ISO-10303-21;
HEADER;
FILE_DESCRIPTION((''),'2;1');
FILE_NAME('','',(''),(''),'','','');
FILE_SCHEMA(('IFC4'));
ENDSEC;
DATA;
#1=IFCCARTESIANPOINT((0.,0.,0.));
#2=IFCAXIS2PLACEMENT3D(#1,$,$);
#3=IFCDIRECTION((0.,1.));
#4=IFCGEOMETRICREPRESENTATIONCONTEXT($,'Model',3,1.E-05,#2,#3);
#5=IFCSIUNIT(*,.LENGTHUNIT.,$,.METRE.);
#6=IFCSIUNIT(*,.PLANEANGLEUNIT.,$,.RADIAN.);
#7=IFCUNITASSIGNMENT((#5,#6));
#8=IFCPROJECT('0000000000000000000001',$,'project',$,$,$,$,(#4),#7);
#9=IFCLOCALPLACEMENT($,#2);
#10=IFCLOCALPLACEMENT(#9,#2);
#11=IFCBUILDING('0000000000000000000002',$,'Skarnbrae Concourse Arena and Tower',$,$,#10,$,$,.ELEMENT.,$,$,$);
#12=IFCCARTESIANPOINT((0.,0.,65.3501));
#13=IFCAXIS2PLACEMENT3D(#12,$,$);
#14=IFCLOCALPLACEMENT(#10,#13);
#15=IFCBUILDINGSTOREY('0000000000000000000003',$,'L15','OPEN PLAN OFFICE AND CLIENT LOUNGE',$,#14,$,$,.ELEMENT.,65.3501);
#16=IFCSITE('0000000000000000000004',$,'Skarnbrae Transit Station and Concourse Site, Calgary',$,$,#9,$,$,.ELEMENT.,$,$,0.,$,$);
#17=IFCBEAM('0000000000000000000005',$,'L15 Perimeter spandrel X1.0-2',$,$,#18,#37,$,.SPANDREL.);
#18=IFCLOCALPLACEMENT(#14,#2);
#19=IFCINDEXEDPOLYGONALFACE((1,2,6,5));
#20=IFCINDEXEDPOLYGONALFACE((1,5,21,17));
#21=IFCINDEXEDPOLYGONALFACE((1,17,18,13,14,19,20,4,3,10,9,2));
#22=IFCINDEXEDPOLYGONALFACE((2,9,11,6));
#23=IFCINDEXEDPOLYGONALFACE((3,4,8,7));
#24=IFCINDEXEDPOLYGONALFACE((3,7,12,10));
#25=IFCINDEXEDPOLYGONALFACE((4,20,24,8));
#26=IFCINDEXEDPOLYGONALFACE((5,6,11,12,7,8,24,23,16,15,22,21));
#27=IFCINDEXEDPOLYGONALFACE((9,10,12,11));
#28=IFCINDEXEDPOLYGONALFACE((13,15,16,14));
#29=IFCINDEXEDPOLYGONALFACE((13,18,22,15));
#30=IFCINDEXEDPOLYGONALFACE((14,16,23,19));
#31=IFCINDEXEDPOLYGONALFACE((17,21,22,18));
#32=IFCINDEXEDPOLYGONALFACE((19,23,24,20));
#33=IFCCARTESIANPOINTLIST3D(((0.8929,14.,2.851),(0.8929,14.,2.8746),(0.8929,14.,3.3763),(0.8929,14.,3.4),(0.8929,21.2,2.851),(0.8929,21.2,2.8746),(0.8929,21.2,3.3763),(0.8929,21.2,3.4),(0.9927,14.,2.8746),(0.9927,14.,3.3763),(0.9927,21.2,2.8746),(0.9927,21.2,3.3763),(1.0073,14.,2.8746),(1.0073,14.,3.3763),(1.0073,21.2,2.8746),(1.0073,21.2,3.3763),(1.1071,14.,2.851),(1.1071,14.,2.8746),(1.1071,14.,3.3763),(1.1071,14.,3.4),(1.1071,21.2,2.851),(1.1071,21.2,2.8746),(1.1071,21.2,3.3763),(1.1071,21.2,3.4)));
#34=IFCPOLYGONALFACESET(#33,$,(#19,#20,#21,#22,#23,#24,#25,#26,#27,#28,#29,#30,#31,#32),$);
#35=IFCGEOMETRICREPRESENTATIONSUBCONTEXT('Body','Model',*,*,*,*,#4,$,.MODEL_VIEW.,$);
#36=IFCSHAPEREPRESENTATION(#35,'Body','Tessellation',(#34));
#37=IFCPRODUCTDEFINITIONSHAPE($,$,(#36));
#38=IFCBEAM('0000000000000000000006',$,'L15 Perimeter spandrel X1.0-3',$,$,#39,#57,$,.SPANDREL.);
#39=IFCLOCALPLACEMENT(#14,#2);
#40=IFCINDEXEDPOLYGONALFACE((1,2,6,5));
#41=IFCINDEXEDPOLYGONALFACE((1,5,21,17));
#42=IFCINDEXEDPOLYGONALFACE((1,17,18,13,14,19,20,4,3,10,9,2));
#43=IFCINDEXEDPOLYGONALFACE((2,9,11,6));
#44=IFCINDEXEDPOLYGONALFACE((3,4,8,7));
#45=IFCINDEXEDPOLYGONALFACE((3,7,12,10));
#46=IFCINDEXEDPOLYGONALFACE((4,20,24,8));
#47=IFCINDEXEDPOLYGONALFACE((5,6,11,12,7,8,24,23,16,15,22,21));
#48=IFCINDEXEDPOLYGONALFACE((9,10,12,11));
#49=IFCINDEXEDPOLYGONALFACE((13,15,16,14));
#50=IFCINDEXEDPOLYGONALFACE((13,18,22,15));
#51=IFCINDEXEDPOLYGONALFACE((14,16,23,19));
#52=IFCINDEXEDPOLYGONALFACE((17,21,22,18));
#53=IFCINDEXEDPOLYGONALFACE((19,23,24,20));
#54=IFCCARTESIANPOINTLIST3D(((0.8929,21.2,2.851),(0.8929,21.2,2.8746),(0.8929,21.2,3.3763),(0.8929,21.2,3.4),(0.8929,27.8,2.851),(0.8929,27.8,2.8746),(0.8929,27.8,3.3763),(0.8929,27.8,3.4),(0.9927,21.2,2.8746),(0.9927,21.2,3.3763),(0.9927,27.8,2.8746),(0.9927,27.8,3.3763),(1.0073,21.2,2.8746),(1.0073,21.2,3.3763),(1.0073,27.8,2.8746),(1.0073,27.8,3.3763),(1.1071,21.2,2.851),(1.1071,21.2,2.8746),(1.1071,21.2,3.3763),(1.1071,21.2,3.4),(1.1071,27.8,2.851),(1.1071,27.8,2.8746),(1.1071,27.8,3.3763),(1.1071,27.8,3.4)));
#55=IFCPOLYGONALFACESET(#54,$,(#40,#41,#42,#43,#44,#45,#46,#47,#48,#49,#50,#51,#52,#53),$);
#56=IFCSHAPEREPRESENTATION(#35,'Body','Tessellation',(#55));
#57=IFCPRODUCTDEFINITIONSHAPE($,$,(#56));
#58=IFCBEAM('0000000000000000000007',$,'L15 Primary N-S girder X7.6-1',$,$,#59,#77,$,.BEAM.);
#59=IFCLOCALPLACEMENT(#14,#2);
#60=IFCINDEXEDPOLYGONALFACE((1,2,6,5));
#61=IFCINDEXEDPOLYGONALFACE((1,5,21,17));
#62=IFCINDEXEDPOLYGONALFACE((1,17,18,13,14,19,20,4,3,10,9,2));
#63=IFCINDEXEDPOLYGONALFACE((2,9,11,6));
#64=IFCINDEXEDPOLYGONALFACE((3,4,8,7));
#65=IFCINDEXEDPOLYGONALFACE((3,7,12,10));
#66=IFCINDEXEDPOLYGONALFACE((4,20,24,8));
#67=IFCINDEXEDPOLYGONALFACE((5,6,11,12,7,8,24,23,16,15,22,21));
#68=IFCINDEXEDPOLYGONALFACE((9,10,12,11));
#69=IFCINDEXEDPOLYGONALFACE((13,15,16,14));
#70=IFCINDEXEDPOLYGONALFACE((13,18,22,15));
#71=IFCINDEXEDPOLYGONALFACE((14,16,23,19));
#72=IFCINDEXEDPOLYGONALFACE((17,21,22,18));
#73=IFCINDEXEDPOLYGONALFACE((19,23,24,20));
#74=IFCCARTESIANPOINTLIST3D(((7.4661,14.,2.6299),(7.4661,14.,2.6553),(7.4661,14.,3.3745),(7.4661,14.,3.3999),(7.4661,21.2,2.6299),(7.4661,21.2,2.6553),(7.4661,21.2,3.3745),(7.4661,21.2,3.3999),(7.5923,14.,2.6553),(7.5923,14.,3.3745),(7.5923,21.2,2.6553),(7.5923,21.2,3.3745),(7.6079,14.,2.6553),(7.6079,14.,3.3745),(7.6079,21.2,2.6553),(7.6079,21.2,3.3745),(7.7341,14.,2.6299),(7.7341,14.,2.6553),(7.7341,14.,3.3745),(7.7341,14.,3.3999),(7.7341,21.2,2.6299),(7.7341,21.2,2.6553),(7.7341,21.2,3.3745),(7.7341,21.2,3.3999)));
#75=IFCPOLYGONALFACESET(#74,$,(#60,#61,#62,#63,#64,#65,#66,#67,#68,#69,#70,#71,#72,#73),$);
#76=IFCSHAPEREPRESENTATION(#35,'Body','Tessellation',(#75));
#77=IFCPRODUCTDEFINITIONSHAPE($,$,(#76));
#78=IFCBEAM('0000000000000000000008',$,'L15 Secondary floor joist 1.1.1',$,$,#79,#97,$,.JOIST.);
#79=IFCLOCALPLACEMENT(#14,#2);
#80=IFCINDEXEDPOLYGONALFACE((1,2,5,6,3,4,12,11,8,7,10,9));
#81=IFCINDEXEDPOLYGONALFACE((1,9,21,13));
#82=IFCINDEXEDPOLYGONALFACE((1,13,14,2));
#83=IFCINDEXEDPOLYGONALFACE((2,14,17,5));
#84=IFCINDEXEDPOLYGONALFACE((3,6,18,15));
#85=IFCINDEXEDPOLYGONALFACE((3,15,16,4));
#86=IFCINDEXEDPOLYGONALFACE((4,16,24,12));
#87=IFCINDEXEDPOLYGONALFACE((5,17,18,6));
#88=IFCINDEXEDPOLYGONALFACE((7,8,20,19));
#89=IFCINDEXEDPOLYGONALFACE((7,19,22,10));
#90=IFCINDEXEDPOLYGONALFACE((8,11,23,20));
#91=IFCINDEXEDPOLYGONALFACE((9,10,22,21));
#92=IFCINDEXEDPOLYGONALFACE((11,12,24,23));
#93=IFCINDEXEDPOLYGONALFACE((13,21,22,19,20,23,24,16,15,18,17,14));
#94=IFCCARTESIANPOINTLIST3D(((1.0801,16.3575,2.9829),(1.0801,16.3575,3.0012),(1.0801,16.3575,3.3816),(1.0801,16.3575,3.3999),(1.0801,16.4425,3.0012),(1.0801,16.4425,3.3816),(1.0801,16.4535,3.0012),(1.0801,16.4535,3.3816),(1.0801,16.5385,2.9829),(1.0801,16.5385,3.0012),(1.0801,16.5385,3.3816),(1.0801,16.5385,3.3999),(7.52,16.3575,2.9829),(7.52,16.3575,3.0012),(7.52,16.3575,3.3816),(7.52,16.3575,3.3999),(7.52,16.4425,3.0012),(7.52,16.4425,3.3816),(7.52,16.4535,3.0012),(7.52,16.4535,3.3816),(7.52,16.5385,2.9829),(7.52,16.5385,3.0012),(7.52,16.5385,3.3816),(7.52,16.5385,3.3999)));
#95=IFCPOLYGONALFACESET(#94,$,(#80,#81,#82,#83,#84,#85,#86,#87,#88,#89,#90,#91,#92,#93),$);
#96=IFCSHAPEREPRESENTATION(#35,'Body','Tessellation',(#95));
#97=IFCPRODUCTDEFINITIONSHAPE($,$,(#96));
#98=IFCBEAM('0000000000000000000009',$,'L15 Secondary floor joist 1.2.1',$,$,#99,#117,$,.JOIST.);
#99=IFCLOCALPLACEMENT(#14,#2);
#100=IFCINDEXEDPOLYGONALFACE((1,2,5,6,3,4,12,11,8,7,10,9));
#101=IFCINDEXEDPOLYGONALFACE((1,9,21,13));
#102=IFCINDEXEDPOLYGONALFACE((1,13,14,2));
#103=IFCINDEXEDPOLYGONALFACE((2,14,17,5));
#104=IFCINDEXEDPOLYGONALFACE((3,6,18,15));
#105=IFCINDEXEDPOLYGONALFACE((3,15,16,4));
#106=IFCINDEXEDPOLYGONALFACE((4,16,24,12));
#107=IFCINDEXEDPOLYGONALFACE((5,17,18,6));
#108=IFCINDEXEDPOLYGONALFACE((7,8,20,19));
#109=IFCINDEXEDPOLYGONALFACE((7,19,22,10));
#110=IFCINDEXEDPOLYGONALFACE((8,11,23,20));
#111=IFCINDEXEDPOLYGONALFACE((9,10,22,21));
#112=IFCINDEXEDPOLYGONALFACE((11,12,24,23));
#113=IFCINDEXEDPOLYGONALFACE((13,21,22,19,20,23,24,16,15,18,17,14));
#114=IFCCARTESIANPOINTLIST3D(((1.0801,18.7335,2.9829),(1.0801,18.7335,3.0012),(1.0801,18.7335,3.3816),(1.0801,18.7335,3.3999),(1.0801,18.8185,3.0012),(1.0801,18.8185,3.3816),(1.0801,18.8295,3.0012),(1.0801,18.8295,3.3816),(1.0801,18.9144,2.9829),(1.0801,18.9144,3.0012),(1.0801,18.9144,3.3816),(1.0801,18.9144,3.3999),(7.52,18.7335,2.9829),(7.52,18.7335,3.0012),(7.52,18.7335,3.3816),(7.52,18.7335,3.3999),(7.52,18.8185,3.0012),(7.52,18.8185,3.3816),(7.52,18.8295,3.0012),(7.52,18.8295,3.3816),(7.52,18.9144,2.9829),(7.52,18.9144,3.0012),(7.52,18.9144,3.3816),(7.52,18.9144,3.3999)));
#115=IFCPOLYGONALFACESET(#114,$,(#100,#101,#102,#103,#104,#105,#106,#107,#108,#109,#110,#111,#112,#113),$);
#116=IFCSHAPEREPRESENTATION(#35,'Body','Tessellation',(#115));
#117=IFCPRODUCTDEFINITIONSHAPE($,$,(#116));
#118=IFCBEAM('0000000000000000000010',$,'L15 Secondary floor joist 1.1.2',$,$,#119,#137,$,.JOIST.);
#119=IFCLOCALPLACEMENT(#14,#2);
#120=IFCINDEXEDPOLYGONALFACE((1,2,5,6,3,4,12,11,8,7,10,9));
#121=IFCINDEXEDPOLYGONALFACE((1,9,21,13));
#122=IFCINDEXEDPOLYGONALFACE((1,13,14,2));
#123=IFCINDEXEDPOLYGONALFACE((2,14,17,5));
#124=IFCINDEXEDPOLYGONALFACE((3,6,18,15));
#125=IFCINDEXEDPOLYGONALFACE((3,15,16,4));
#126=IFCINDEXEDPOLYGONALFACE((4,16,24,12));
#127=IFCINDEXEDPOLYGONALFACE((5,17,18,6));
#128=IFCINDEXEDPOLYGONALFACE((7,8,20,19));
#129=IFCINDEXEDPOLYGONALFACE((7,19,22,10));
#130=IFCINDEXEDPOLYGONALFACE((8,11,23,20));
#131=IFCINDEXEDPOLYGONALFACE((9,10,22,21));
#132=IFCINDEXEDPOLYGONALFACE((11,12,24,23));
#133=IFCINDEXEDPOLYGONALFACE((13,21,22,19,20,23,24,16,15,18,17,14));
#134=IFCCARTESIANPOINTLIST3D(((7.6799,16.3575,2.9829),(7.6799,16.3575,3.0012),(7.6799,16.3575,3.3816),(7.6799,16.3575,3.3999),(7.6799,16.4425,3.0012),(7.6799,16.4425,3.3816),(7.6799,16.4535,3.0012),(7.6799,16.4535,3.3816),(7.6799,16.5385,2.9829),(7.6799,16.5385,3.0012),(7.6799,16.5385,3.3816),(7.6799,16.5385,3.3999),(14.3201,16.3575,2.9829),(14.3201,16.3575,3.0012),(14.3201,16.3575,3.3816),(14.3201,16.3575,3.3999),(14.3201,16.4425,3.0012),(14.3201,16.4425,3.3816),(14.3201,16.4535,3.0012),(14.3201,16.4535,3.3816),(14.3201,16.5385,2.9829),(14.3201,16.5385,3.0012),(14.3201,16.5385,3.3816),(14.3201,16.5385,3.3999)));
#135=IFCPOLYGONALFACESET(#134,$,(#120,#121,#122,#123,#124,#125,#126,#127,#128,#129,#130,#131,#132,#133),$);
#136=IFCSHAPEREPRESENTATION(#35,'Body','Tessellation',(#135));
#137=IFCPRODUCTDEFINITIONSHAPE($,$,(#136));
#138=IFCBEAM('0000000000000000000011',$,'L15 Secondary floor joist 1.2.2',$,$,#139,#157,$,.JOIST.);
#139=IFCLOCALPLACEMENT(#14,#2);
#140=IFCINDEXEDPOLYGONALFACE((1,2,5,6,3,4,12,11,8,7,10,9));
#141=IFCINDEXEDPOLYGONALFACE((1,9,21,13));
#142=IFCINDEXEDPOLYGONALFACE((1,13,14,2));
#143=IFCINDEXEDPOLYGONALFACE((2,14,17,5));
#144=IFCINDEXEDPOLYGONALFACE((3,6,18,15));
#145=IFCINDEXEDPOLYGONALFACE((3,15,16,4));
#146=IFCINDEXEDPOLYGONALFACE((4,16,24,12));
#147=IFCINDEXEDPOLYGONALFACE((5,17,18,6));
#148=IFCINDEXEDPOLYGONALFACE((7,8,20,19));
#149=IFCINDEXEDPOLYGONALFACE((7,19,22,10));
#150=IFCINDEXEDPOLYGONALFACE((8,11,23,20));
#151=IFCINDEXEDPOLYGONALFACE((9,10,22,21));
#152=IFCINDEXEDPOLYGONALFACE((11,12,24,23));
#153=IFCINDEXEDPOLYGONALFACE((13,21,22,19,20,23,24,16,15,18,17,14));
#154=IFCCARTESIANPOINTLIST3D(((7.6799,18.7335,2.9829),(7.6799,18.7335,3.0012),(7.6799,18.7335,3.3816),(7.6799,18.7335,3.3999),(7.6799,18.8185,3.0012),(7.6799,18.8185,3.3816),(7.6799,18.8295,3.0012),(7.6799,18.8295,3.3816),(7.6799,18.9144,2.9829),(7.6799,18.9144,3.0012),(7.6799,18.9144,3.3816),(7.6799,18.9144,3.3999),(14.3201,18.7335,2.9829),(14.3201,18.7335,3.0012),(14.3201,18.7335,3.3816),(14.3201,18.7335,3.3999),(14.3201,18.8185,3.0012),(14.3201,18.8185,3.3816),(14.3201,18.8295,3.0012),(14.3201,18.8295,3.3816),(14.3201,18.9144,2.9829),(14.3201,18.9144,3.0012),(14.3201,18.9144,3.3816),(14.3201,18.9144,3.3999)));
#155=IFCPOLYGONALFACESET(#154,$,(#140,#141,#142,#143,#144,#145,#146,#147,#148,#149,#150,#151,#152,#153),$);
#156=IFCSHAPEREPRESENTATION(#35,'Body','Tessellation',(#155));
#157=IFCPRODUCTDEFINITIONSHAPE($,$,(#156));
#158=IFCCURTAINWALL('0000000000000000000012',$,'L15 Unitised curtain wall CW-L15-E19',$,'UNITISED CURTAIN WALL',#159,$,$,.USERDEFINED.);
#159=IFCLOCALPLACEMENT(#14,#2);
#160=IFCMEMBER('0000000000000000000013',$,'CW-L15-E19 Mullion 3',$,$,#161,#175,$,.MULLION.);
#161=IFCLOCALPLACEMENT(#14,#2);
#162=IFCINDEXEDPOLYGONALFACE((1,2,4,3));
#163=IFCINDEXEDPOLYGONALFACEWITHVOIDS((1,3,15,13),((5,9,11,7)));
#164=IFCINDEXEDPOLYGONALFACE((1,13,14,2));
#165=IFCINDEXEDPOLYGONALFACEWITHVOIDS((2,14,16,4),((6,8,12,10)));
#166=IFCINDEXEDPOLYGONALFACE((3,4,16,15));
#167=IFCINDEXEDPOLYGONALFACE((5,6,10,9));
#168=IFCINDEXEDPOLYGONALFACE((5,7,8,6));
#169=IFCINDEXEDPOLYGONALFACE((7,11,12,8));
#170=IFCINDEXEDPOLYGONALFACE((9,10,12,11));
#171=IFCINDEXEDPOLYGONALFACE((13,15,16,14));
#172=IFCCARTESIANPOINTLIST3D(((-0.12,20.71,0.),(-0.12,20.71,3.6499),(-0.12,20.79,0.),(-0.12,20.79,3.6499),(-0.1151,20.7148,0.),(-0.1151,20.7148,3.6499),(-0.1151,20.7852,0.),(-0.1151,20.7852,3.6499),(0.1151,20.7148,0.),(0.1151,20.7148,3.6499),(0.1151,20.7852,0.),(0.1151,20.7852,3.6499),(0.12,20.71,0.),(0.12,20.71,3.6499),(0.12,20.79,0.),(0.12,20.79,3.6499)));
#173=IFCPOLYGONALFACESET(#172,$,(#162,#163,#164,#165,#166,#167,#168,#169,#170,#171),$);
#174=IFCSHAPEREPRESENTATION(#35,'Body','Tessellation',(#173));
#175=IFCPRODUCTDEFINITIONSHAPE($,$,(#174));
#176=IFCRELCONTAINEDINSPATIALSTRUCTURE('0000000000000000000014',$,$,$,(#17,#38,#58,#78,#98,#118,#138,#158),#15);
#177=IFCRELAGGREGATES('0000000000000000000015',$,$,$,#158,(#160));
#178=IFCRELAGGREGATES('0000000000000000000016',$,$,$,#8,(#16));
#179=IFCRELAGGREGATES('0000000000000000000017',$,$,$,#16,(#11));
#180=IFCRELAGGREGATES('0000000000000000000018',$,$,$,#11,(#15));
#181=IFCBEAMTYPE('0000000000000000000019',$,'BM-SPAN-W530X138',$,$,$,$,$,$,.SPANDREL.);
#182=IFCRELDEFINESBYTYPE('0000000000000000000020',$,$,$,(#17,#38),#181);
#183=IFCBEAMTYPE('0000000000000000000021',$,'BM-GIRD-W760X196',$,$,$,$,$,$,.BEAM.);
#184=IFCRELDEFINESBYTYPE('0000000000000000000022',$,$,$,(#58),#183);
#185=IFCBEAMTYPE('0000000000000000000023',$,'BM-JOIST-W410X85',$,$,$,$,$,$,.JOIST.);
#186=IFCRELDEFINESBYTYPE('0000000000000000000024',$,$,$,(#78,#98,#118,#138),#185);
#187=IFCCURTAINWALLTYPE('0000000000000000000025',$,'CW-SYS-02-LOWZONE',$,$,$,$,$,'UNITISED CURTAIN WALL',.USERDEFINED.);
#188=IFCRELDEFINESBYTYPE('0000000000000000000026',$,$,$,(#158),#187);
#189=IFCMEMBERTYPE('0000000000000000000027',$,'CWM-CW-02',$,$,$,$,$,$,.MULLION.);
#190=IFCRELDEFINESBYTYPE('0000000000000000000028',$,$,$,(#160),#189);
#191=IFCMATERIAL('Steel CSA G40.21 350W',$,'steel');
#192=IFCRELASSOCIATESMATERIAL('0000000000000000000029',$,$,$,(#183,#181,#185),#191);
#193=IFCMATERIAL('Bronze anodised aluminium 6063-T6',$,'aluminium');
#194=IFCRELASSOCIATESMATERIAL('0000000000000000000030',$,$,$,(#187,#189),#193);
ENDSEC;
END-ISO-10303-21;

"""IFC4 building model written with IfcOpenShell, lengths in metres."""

from ifc_helpers import new_model, si_unit, direction, frame, origin, origin_2d, place, context, subcontext, project, spatial, hollow_rectangle, i_section, extrude, source, transform, mapped, material, material_profile, profile_set, type_object, element, aggregate, save


model = new_model("IFC4")

# Units and contexts
model_context = context("Model", 3, precision=1e-05, world=origin(), true_north=direction((0.0, 1.0)))
body_context = subcontext(model_context, "Body", "Model", "MODEL_VIEW")
ifc_project = project(units=[si_unit("LENGTHUNIT", "METRE"), si_unit("PLANEANGLEUNIT", "RADIAN")], contexts=[model_context])

# Site, building, storey
site_placement = place(None, origin())
site = spatial("IfcSite", under=ifc_project, at=site_placement, Name="Skarnbrae Transit Station and Concourse Site, Calgary", CompositionType="ELEMENT", RefElevation=0.0)
building_placement = place(site_placement, origin())
building = spatial("IfcBuilding", under=site, at=building_placement, Name="Skarnbrae Concourse Arena and Tower", CompositionType="ELEMENT")
storey_placement = place(building_placement, frame((0.0, 0.0, 65.3501)))
storey = spatial("IfcBuildingStorey", under=building, at=storey_placement, Name="L15", Description="OPEN PLAN OFFICE AND CLIENT LOUNGE", CompositionType="ELEMENT", Elevation=65.3501)

# Shared definitions
ifc_material_1 = material(Name="Steel CSA G40.21 350W", Category="steel")

# Beams
ifc_material_profile_1 = material_profile(ifc_material_1, i_section(OverallWidth=0.2681, OverallDepth=0.77, WebThickness=0.0156, FlangeThickness=0.0254, at=origin_2d()), Name="W760X196")
ifc_profile_set_1 = profile_set([ifc_material_profile_1], Name="Steel CSA G40.21 350W")
beam_type_1 = type_object("IfcBeamType", Name="BM-GIRD-W760X196", PredefinedType="BEAM", material=ifc_profile_set_1)
ifc_material_profile_2 = material_profile(ifc_material_1, i_section(OverallWidth=0.2141, OverallDepth=0.5491, WebThickness=0.0146, FlangeThickness=0.0237, at=origin_2d()), Name="W530X138")
ifc_profile_set_2 = profile_set([ifc_material_profile_2], Name="Steel CSA G40.21 350W")
beam_type_2 = type_object("IfcBeamType", Name="BM-SPAN-W530X138", PredefinedType="SPANDREL", material=ifc_profile_set_2)
shared_shape_1 = source(origin(), body_context, "Body", "SweptSolid", [
    extrude(i_section(OverallWidth=0.2141, OverallDepth=0.5491, WebThickness=0.0146, FlangeThickness=0.0237, at=origin_2d()), origin(), (0.0, 0.0, 1.0), 7.2),
])
beam_1_placement = place(storey_placement, frame((1.0, 14.0, 3.1255), z_axis=(0.0, 1.0, 0.0), x_axis=(-1.0, 0.0, 0.0)))
element("IfcBeam", 1, at=beam_1_placement, inside=storey, type_object=beam_type_2, Name="L15 Perimeter spandrel X1.0-2", PredefinedType="SPANDREL", context=body_context, shape_type="MappedRepresentation", body=[
    mapped(shared_shape_1, transform((0.0, 0.0, 0.0))),
])
shared_shape_2 = source(origin(), body_context, "Body", "SweptSolid", [
    extrude(i_section(OverallWidth=0.2141, OverallDepth=0.5491, WebThickness=0.0146, FlangeThickness=0.0237, at=origin_2d()), origin(), (0.0, 0.0, 1.0), 6.6001),
])
beam_2_placement = place(storey_placement, frame((1.0, 21.2, 3.1255), z_axis=(0.0, 1.0, 0.0), x_axis=(-1.0, 0.0, 0.0)))
element("IfcBeam", 2, at=beam_2_placement, inside=storey, type_object=beam_type_2, Name="L15 Perimeter spandrel X1.0-3", PredefinedType="SPANDREL", context=body_context, shape_type="MappedRepresentation", body=[
    mapped(shared_shape_2, transform((0.0, 0.0, 0.0))),
])
shared_shape_3 = source(origin(), body_context, "Body", "SweptSolid", [
    extrude(i_section(OverallWidth=0.2681, OverallDepth=0.77, WebThickness=0.0156, FlangeThickness=0.0254, at=origin_2d()), origin(), (0.0, 0.0, 1.0), 7.2),
])
beam_3_placement = place(storey_placement, frame((7.6001, 14.0, 3.0149), z_axis=(0.0, 1.0, 0.0), x_axis=(-1.0, 0.0, 0.0)))
element("IfcBeam", 3, at=beam_3_placement, inside=storey, type_object=beam_type_1, Name="L15 Primary N-S girder X7.6-1", PredefinedType="BEAM", context=body_context, shape_type="MappedRepresentation", body=[
    mapped(shared_shape_3, transform((0.0, 0.0, 0.0))),
])
ifc_material_profile_3 = material_profile(ifc_material_1, i_section(OverallWidth=0.1809, OverallDepth=0.417, WebThickness=0.011, FlangeThickness=0.0183, at=origin_2d()), Name="W410X85")
ifc_profile_set_3 = profile_set([ifc_material_profile_3], Name="Steel CSA G40.21 350W")
beam_type_3 = type_object("IfcBeamType", Name="BM-JOIST-W410X85", PredefinedType="JOIST", material=ifc_profile_set_3)
shared_shape_4 = source(origin(), body_context, "Body", "SweptSolid", [
    extrude(i_section(OverallWidth=0.1809, OverallDepth=0.417, WebThickness=0.011, FlangeThickness=0.0183, at=origin_2d()), origin(), (0.0, 0.0, 1.0), 6.4399),
])
for number, where, z_axis, x_axis, name in (
    (4, (1.0801, 16.448, 3.1914), (1.0, 0.0, 0.0), (0.0, 1.0, 0.0), "L15 Secondary floor joist 1.1.1"),
    (5, (1.0801, 18.824, 3.1914), (1.0, 0.0, 0.0), (0.0, 1.0, 0.0), "L15 Secondary floor joist 1.2.1"),
):
    element("IfcBeam", number, at=place(storey_placement, frame(where, z_axis=z_axis, x_axis=x_axis)), inside=storey, type_object=beam_type_3, Name=name, PredefinedType="JOIST", context=body_context, shape_type="MappedRepresentation", body=[
        mapped(shared_shape_4, transform((0.0, 0.0, 0.0))),
    ])
shared_shape_5 = source(origin(), body_context, "Body", "SweptSolid", [
    extrude(i_section(OverallWidth=0.1809, OverallDepth=0.417, WebThickness=0.011, FlangeThickness=0.0183, at=origin_2d()), origin(), (0.0, 0.0, 1.0), 6.6401),
])
for number, where, z_axis, x_axis, name in (
    (6, (7.6799, 16.448, 3.1914), (1.0, 0.0, 0.0), (0.0, 1.0, 0.0), "L15 Secondary floor joist 1.1.2"),
    (7, (7.6799, 18.824, 3.1914), (1.0, 0.0, 0.0), (0.0, 1.0, 0.0), "L15 Secondary floor joist 1.2.2"),
):
    element("IfcBeam", number, at=place(storey_placement, frame(where, z_axis=z_axis, x_axis=x_axis)), inside=storey, type_object=beam_type_3, Name=name, PredefinedType="JOIST", context=body_context, shape_type="MappedRepresentation", body=[
        mapped(shared_shape_5, transform((0.0, 0.0, 0.0))),
    ])

# Curtain wall, member
ifc_material_2 = material(Name="Bronze anodised aluminium 6063-T6", Category="aluminium")
curtain_wall_type = type_object("IfcCurtainWallType", Name="CW-SYS-02-LOWZONE", ElementType="UNITISED CURTAIN WALL", PredefinedType="USERDEFINED", material=ifc_material_2)
curtain_wall_placement = place(storey_placement, origin())
curtain_wall = element("IfcCurtainWall", 8, at=curtain_wall_placement, inside=storey, type_object=curtain_wall_type, Name="L15 Unitised curtain wall CW-L15-E19", ObjectType="UNITISED CURTAIN WALL", PredefinedType="USERDEFINED")
ifc_material_profile_4 = material_profile(ifc_material_2, hollow_rectangle(XDim=0.0801, YDim=0.24, WallThickness=0.0049, at=origin_2d()), Name="ALU-MULL-80X240")
ifc_profile_set_4 = profile_set([ifc_material_profile_4], Name="Bronze anodised aluminium 6063-T6")
member_type_1 = type_object("IfcMemberType", Name="CWM-CW-02", PredefinedType="MULLION", material=ifc_profile_set_4)
shared_shape_6 = source(origin(), body_context, "Body", "SweptSolid", [
    extrude(hollow_rectangle(XDim=0.0801, YDim=0.24, WallThickness=0.0049, at=origin_2d()), origin(), (0.0, 0.0, 1.0), 3.6499),
])
member_1_placement = place(storey_placement, frame((0.0, 20.75, 0.0), z_axis=(0.0, 0.0, 1.0), x_axis=(0.0, -1.0, 0.0)))
member_1 = element("IfcMember", 9, at=member_1_placement, type_object=member_type_1, Name="CW-L15-E19 Mullion 3", PredefinedType="MULLION", context=body_context, shape_type="MappedRepresentation", body=[
    mapped(shared_shape_6, transform((0.0, 0.0, 0.0))),
])
aggregate(curtain_wall, [member_1])

save(model, "model.ifc")
